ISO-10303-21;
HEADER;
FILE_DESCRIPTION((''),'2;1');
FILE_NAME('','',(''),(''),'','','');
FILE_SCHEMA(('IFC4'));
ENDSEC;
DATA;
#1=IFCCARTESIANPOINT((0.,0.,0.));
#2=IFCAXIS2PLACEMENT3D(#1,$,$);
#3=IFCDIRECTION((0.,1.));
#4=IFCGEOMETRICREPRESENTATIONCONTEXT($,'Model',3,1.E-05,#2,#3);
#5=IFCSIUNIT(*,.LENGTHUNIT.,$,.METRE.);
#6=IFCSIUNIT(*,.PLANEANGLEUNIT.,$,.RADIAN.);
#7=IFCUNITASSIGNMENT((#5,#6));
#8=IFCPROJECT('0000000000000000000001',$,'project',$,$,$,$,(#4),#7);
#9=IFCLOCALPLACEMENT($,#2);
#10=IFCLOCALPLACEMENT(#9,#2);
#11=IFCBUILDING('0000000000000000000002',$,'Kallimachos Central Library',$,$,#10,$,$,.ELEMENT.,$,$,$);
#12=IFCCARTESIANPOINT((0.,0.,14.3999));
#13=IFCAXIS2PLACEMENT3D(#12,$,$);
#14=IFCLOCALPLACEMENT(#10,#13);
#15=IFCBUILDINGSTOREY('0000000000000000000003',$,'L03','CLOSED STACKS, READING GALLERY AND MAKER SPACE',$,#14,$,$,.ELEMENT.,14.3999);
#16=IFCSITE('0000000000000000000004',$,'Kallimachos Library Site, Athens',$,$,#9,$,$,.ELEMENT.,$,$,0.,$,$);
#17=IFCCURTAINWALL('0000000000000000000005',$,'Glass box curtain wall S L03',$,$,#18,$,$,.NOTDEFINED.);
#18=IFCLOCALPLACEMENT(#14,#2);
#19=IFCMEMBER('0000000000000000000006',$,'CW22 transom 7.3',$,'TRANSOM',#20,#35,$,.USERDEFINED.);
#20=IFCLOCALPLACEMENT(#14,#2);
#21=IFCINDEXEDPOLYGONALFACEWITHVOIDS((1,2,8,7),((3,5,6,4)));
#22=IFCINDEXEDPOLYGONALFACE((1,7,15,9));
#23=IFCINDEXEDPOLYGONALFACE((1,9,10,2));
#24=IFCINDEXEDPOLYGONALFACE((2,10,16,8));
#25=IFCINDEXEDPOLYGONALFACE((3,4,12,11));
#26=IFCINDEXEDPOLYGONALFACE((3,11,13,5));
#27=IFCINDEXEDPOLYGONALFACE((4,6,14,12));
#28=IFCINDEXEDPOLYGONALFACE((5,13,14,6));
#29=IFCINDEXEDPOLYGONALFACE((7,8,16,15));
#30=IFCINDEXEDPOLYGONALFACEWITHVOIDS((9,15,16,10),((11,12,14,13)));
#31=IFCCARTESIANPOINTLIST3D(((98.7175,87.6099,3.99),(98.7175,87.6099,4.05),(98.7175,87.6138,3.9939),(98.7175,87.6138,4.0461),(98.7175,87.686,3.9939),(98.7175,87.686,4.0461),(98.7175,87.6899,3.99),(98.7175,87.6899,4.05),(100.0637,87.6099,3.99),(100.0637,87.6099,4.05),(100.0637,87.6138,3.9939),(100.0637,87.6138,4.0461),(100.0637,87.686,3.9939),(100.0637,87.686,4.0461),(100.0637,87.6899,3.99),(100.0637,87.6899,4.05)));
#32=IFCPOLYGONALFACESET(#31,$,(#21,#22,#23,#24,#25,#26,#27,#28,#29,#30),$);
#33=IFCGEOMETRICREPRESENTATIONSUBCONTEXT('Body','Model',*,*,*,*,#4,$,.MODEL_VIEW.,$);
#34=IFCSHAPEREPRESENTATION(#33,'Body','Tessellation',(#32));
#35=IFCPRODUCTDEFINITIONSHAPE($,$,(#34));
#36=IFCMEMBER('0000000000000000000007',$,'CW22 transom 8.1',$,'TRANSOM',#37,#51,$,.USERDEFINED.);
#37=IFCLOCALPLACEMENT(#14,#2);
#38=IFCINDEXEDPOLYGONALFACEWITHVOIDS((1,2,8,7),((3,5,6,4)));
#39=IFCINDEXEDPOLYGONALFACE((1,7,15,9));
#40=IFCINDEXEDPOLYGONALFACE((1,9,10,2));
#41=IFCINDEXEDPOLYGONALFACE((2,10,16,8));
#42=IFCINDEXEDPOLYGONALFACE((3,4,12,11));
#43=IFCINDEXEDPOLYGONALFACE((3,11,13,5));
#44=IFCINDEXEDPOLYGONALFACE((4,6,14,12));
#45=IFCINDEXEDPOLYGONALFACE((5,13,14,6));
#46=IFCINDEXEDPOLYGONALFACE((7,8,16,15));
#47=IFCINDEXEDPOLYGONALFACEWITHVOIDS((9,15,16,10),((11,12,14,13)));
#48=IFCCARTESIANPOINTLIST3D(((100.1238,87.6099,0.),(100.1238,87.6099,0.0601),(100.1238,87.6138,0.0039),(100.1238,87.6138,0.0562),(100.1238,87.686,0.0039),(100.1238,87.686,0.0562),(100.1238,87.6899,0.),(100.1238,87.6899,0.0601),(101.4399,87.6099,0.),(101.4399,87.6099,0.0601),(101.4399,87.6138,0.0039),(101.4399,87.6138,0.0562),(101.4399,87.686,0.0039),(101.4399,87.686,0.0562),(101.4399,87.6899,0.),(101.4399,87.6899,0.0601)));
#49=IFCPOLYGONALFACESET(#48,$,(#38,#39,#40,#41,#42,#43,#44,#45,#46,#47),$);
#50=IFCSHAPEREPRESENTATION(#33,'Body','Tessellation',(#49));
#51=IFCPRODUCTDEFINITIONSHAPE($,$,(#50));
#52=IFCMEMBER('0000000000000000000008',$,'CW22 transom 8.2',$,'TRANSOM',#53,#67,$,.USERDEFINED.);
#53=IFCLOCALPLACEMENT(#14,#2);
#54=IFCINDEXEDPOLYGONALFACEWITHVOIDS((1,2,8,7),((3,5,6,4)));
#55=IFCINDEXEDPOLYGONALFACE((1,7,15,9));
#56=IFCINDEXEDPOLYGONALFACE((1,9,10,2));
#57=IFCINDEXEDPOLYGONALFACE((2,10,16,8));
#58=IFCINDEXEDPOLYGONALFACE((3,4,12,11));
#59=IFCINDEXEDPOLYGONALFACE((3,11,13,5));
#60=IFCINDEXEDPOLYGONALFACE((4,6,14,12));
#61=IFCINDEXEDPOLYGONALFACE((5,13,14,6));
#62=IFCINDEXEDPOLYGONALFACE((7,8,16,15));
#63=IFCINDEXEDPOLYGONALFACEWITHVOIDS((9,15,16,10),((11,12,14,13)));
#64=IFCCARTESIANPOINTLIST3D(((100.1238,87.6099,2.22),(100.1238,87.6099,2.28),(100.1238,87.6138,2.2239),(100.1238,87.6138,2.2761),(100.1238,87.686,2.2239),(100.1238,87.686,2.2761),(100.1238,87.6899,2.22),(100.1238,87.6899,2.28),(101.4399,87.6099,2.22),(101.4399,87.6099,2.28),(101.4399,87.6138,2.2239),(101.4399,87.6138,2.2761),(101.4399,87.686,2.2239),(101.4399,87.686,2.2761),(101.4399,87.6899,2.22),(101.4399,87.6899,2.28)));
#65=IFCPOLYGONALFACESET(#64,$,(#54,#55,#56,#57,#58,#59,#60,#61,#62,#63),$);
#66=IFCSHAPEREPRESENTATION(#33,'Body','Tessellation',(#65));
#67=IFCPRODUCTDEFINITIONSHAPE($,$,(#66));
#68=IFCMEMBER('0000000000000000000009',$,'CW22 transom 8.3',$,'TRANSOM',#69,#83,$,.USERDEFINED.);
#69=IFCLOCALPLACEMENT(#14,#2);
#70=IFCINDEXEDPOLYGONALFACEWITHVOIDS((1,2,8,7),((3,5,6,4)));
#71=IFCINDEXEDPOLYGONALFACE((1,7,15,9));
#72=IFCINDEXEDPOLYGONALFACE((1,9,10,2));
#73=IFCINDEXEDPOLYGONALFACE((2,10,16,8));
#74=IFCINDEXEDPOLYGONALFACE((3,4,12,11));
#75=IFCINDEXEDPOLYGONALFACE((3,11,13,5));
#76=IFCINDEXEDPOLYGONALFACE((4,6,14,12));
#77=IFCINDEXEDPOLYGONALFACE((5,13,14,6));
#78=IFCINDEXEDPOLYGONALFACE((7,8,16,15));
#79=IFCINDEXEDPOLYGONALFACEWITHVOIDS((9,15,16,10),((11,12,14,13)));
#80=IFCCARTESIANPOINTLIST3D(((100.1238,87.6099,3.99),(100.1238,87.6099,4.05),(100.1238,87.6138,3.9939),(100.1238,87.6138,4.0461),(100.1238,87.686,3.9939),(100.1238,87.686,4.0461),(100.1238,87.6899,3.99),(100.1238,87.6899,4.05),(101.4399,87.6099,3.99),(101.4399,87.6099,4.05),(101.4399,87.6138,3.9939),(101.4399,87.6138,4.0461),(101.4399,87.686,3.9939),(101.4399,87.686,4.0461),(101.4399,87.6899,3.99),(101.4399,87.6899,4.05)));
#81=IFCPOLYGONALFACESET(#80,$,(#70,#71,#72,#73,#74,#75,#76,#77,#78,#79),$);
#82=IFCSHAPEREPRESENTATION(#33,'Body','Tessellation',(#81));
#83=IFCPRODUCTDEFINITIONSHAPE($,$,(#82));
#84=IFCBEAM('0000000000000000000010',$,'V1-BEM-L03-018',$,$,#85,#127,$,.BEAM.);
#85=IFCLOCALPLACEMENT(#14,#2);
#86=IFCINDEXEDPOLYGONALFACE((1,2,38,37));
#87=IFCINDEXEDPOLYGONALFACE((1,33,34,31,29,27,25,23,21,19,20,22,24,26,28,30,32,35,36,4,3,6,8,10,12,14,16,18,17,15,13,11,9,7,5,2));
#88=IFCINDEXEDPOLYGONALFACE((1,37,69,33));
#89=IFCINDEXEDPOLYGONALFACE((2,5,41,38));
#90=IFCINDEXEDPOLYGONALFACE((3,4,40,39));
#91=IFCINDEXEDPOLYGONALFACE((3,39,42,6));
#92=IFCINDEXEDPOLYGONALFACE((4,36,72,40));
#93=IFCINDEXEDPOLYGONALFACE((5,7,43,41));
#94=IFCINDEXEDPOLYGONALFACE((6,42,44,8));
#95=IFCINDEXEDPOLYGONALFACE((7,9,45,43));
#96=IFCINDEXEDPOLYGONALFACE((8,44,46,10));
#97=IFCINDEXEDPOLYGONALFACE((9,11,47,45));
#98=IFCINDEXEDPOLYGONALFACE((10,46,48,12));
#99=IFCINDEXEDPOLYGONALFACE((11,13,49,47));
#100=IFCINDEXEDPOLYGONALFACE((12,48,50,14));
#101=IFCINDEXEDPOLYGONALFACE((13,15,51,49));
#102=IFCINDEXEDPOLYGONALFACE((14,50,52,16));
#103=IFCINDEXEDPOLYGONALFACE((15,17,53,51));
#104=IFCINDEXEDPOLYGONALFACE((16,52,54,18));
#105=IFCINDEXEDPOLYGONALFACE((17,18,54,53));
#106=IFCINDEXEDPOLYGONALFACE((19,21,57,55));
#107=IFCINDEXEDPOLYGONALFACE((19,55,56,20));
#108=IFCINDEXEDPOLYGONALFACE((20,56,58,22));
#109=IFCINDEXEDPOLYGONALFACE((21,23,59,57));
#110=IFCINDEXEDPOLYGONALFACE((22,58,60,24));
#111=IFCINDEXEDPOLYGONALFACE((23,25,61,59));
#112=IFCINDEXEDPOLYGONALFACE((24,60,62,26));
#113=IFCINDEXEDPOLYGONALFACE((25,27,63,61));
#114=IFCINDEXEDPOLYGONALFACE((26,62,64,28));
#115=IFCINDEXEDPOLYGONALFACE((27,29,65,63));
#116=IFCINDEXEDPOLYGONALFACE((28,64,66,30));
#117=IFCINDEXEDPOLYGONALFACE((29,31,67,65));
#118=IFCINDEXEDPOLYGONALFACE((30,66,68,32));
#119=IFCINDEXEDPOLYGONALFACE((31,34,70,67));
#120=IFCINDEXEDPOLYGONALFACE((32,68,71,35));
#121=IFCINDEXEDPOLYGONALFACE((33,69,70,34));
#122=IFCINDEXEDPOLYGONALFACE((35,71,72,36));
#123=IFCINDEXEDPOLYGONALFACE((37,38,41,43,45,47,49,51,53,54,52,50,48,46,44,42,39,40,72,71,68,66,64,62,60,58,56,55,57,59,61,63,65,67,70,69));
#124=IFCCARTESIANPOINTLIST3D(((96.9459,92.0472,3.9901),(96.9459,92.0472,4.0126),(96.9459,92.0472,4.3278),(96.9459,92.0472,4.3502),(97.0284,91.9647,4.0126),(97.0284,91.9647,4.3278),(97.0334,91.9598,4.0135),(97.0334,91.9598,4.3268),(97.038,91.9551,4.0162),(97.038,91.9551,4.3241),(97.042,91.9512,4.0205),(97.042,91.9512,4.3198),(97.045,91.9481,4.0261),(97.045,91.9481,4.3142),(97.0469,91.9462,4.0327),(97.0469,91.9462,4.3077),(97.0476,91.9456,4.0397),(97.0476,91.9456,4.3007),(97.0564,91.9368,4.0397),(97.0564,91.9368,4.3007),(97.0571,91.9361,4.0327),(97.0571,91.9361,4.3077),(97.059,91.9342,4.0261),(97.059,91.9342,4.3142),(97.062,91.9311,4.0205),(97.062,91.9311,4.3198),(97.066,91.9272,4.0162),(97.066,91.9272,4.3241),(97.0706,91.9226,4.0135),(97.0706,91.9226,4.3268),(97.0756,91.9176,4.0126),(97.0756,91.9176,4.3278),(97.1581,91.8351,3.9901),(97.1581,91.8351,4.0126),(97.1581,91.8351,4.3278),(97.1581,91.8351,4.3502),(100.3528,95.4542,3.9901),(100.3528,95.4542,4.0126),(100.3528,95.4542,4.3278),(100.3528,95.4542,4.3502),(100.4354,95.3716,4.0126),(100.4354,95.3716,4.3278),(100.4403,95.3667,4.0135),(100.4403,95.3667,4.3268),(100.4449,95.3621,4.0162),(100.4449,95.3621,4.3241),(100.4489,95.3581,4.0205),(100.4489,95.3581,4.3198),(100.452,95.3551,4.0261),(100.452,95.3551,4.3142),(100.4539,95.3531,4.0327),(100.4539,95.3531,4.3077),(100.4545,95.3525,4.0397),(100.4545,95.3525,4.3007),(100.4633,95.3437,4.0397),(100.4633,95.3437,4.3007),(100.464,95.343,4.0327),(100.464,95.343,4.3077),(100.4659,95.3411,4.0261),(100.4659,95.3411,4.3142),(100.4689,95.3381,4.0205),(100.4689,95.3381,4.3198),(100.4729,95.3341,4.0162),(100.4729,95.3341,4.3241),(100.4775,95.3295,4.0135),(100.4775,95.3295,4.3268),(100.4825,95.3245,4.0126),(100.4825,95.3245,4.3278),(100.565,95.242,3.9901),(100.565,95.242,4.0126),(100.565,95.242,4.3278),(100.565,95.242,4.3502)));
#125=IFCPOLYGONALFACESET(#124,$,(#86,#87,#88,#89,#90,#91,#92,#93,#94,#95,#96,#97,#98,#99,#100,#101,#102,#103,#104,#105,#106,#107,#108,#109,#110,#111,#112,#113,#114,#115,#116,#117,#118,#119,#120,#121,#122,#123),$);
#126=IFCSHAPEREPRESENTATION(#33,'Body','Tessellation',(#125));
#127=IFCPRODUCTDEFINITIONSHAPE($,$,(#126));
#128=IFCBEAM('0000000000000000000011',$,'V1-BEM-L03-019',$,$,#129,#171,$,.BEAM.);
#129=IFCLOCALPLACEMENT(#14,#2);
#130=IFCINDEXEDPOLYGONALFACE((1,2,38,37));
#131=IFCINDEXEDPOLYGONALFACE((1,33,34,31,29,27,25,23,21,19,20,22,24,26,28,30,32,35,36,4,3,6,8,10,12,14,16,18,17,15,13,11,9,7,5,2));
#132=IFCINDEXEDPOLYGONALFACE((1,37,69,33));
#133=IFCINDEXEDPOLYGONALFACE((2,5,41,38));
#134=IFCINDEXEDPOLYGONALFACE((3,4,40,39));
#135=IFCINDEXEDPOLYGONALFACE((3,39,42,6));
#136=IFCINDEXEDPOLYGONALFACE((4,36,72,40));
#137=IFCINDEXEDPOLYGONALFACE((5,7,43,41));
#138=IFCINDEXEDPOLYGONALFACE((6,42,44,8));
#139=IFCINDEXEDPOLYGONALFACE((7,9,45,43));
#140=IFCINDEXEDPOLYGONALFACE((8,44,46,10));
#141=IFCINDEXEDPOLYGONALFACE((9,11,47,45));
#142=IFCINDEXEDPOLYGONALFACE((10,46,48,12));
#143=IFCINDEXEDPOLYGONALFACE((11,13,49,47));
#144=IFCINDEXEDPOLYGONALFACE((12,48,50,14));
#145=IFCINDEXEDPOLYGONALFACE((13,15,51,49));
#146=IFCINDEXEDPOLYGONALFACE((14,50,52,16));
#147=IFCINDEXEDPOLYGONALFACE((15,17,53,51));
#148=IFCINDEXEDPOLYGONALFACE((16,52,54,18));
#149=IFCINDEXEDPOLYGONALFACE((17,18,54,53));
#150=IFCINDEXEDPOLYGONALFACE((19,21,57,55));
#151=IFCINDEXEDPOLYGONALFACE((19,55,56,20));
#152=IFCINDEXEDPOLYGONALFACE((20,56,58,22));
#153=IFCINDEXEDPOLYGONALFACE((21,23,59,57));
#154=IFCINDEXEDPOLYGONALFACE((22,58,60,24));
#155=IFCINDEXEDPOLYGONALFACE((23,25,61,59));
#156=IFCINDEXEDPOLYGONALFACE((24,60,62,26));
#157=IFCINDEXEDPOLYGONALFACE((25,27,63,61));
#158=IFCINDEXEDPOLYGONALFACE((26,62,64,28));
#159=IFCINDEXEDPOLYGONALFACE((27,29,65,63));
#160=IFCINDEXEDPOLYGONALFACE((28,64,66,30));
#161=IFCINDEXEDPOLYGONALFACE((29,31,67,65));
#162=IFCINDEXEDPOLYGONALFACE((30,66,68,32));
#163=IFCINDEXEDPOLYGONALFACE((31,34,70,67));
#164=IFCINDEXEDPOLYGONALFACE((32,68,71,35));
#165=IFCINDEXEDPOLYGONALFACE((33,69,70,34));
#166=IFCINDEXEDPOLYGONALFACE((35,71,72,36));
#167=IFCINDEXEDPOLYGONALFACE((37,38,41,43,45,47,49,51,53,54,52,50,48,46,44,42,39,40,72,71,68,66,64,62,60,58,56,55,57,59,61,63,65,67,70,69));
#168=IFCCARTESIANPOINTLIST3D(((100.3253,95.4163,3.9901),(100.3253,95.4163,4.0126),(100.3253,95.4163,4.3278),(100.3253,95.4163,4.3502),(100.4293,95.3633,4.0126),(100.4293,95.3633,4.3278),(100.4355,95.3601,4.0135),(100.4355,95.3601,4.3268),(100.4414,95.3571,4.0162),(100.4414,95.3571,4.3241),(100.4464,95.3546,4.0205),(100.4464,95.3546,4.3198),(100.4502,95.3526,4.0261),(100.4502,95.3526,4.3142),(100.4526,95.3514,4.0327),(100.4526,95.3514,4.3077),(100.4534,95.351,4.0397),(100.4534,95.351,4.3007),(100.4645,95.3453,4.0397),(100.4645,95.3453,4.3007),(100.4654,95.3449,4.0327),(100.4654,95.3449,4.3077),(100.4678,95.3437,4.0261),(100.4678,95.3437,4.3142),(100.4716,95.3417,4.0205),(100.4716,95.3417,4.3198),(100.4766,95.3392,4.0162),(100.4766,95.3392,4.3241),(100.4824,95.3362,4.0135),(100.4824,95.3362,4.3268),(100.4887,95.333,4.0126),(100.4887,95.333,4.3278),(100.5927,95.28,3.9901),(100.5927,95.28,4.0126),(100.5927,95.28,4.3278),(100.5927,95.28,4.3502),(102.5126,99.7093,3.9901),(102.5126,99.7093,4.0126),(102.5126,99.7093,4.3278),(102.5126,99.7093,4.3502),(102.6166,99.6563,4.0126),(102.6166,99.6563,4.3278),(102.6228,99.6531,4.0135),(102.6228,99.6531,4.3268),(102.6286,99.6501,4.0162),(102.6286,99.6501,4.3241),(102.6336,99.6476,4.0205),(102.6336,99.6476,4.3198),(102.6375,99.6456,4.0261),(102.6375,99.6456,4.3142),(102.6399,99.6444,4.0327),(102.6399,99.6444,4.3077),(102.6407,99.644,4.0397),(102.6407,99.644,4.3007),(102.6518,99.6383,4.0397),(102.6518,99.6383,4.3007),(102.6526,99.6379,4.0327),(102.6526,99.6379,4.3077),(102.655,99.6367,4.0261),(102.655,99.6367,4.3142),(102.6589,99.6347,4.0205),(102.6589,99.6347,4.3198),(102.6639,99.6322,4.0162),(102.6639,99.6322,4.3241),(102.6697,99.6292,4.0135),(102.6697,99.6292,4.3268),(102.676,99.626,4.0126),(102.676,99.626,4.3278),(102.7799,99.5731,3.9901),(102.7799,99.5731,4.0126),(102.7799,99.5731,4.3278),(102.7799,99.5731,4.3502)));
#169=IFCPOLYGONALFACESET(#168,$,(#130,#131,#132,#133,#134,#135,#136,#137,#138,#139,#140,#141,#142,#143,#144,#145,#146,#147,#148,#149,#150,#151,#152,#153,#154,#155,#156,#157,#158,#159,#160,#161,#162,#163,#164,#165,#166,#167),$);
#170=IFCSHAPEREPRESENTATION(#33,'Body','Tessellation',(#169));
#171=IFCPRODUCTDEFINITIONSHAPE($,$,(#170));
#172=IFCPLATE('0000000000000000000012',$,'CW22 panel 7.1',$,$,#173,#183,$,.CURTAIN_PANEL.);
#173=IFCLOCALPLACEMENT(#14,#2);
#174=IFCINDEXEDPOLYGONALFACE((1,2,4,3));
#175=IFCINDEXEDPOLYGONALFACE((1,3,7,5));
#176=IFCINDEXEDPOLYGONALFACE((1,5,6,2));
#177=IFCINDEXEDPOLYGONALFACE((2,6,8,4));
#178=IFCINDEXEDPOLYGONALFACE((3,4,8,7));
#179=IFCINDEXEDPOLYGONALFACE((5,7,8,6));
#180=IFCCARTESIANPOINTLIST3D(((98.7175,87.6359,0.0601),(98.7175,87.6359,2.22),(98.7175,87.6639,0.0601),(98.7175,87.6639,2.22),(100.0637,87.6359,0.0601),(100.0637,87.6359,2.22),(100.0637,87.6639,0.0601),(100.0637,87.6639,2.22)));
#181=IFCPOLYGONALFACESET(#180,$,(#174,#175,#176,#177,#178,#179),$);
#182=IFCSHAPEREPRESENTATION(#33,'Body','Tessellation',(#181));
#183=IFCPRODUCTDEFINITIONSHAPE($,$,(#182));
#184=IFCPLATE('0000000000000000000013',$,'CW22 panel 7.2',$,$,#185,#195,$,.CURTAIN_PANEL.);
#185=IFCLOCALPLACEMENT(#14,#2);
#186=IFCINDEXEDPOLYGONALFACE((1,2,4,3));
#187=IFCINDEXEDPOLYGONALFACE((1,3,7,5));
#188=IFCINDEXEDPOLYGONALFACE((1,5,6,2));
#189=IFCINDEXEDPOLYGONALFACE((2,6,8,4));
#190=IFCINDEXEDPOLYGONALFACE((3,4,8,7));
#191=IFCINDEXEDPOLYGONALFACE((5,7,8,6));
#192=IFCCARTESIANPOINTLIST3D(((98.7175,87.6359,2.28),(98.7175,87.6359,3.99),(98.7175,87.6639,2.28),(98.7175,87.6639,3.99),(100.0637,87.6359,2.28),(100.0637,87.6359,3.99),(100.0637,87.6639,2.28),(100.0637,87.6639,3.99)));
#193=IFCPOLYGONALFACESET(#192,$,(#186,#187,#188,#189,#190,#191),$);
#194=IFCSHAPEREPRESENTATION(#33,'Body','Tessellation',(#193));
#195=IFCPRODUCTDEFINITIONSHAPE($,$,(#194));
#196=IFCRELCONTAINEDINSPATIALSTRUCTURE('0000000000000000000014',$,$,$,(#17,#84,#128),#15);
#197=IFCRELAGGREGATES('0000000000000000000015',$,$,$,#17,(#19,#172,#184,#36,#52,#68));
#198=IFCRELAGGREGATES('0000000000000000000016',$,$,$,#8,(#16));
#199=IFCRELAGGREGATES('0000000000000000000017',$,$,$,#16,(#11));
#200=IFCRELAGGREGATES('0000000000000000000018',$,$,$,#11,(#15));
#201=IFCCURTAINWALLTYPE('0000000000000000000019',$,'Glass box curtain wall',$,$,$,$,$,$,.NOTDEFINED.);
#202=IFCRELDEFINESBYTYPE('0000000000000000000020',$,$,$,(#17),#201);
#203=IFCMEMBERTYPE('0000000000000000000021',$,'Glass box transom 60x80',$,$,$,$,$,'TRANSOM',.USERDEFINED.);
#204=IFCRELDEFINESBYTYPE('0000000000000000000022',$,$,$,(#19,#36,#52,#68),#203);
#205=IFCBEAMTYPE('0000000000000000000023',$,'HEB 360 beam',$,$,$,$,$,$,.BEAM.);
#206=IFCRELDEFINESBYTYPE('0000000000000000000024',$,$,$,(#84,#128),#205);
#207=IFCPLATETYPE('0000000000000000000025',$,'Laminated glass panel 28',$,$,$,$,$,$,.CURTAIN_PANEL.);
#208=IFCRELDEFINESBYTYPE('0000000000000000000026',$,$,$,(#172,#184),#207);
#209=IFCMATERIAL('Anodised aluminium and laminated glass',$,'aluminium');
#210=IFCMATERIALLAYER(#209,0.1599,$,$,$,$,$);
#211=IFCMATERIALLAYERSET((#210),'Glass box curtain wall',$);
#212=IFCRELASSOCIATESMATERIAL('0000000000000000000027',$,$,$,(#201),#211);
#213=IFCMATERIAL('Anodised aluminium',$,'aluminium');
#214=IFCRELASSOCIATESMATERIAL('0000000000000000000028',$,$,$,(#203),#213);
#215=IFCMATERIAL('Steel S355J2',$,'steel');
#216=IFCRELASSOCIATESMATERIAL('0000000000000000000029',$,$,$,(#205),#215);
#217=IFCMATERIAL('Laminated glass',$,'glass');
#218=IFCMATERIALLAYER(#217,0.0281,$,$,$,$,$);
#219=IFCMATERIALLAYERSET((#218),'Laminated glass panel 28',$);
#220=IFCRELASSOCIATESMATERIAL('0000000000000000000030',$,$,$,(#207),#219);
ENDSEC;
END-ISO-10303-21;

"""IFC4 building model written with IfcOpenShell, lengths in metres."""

from ifc_helpers import new_model, si_unit, direction, frame, origin, origin_2d, place, context, subcontext, project, spatial, rectangle, hollow_rectangle, i_section, extrude, material, layer, layer_set, material_profile, profile_set, type_object, element, aggregate, save


model = new_model("IFC4")

# Units and contexts
model_context = context("Model", 3, precision=1e-05, world=origin(), true_north=direction((0.0, 1.0)))
body_context = subcontext(model_context, "Body", "Model", "MODEL_VIEW")
ifc_project = project(units=[si_unit("LENGTHUNIT", "METRE"), si_unit("PLANEANGLEUNIT", "RADIAN")], contexts=[model_context])

# Site, building, storey
site_placement = place(None, origin())
site = spatial("IfcSite", under=ifc_project, at=site_placement, Name="Kallimachos Library Site, Athens", CompositionType="ELEMENT", RefElevation=0.0)
building_placement = place(site_placement, origin())
building = spatial("IfcBuilding", under=site, at=building_placement, Name="Kallimachos Central Library", CompositionType="ELEMENT")
storey_placement = place(building_placement, frame((0.0, 0.0, 14.3999)))
storey = spatial("IfcBuildingStorey", under=building, at=storey_placement, Name="L03", Description="CLOSED STACKS, READING GALLERY AND MAKER SPACE", CompositionType="ELEMENT", Elevation=14.3999)

# Curtain wall, members
ifc_material_1 = material(Name="Anodised aluminium and laminated glass", Category="aluminium")
ifc_layer_1 = layer(ifc_material_1, 0.1599)
ifc_layer_set_1 = layer_set([ifc_layer_1], Name="Glass box curtain wall")
curtain_wall_type = type_object("IfcCurtainWallType", Name="Glass box curtain wall", PredefinedType="NOTDEFINED", material=ifc_layer_set_1)
curtain_wall_placement = place(storey_placement, origin())
curtain_wall = element("IfcCurtainWall", 1, at=curtain_wall_placement, inside=storey, type_object=curtain_wall_type, Name="Glass box curtain wall S L03", PredefinedType="NOTDEFINED")
ifc_material_2 = material(Name="Anodised aluminium", Category="aluminium")
ifc_material_profile_1 = material_profile(ifc_material_2, hollow_rectangle(XDim=0.0601, YDim=0.0801, WallThickness=0.0039, at=origin_2d()), Name="ALU TRANSOM 60x80")
ifc_profile_set_1 = profile_set([ifc_material_profile_1], Name="Anodised aluminium")
member_type_1 = type_object("IfcMemberType", Name="Glass box transom 60x80", ElementType="TRANSOM", PredefinedType="USERDEFINED", material=ifc_profile_set_1)
member_1_placement = place(storey_placement, frame((98.7175, 87.6499, 4.02), z_axis=(1.0, 0.0, 0.0), x_axis=(0.0, 0.0, 1.0)))
member_1 = element("IfcMember", 2, at=member_1_placement, type_object=member_type_1, Name="CW22 transom 7.3", ObjectType="TRANSOM", PredefinedType="USERDEFINED", context=body_context, shape_type="SweptSolid", body=[
    extrude(hollow_rectangle(XDim=0.0601, YDim=0.0801, WallThickness=0.0039, at=origin_2d()), origin(), (0.0, 0.0, 1.0), 1.3462),
])
member_2_placement = place(storey_placement, frame((100.1238, 87.6499, 0.03), z_axis=(1.0, 0.0, 0.0), x_axis=(0.0, 0.0, 1.0)))
member_2 = element("IfcMember", 3, at=member_2_placement, type_object=member_type_1, Name="CW22 transom 8.1", ObjectType="TRANSOM", PredefinedType="USERDEFINED", context=body_context, shape_type="SweptSolid", body=[
    extrude(hollow_rectangle(XDim=0.0601, YDim=0.0801, WallThickness=0.0039, at=origin_2d()), origin(), (0.0, 0.0, 1.0), 1.3162),
])
member_3_placement = place(storey_placement, frame((100.1238, 87.6499, 2.25), z_axis=(1.0, 0.0, 0.0), x_axis=(0.0, 0.0, 1.0)))
member_3 = element("IfcMember", 4, at=member_3_placement, type_object=member_type_1, Name="CW22 transom 8.2", ObjectType="TRANSOM", PredefinedType="USERDEFINED", context=body_context, shape_type="SweptSolid", body=[
    extrude(hollow_rectangle(XDim=0.0601, YDim=0.0801, WallThickness=0.0039, at=origin_2d()), origin(), (0.0, 0.0, 1.0), 1.3162),
])
member_4_placement = place(storey_placement, frame((100.1238, 87.6499, 4.02), z_axis=(1.0, 0.0, 0.0), x_axis=(0.0, 0.0, 1.0)))
member_4 = element("IfcMember", 5, at=member_4_placement, type_object=member_type_1, Name="CW22 transom 8.3", ObjectType="TRANSOM", PredefinedType="USERDEFINED", context=body_context, shape_type="SweptSolid", body=[
    extrude(hollow_rectangle(XDim=0.0601, YDim=0.0801, WallThickness=0.0039, at=origin_2d()), origin(), (0.0, 0.0, 1.0), 1.3162),
])

# Beams
ifc_material_3 = material(Name="Steel S355J2", Category="steel")
ifc_material_profile_2 = material_profile(ifc_material_3, i_section(OverallWidth=0.3, OverallDepth=0.3601, WebThickness=0.0125, FlangeThickness=0.0225, FilletRadius=0.0271, at=origin_2d()), Name="HEB 360")
ifc_profile_set_2 = profile_set([ifc_material_profile_2], Name="Steel S355J2")
beam_type = type_object("IfcBeamType", Name="HEB 360 beam", PredefinedType="BEAM", material=ifc_profile_set_2)
for number, where, z_axis, x_axis, name in (
    (6, (97.052, 91.9412, 4.1702), (0.707107, 0.707107, 0.0), (-0.707107, 0.707107, 0.0), "V1-BEM-L03-018"),
    (7, (100.459, 95.3481, 4.1702), (0.453971, 0.891017, 0.0), (-0.891017, 0.453971, 0.0), "V1-BEM-L03-019"),
):
    element("IfcBeam", number, at=place(storey_placement, frame(where, z_axis=z_axis, x_axis=x_axis)), inside=storey, type_object=beam_type, Name=name, PredefinedType="BEAM", context=body_context, shape_type="SweptSolid", body=[
        extrude(i_section(OverallWidth=0.3, OverallDepth=0.3601, WebThickness=0.0125, FlangeThickness=0.0225, FilletRadius=0.0271, at=origin_2d()), origin(), (0.0, 0.0, 1.0), 4.8181),
    ])

# Plates
ifc_material_4 = material(Name="Laminated glass", Category="glass")
ifc_layer_2 = layer(ifc_material_4, 0.0281)
ifc_layer_set_2 = layer_set([ifc_layer_2], Name="Laminated glass panel 28")
plate_type = type_object("IfcPlateType", Name="Laminated glass panel 28", PredefinedType="CURTAIN_PANEL", material=ifc_layer_set_2)
plate_1_placement = place(storey_placement, frame((99.3906, 87.6499, 0.0601), z_axis=(0.0, 0.0, 1.0), x_axis=(1.0, 0.0, 0.0)))
plate_1 = element("IfcPlate", 8, at=plate_1_placement, type_object=plate_type, Name="CW22 panel 7.1", PredefinedType="CURTAIN_PANEL", context=body_context, shape_type="SweptSolid", body=[
    extrude(rectangle(XDim=1.3462, YDim=0.0281, at=origin_2d()), origin(), (0.0, 0.0, 1.0), 2.1599),
])
plate_2_placement = place(storey_placement, frame((99.3906, 87.6499, 2.28), z_axis=(0.0, 0.0, 1.0), x_axis=(1.0, 0.0, 0.0)))
plate_2 = element("IfcPlate", 9, at=plate_2_placement, type_object=plate_type, Name="CW22 panel 7.2", PredefinedType="CURTAIN_PANEL", context=body_context, shape_type="SweptSolid", body=[
    extrude(rectangle(XDim=1.3462, YDim=0.0281, at=origin_2d()), origin(), (0.0, 0.0, 1.0), 1.71),
])
aggregate(curtain_wall, [member_1, plate_1, plate_2, member_2, member_3, member_4])

save(model, "model.ifc")
